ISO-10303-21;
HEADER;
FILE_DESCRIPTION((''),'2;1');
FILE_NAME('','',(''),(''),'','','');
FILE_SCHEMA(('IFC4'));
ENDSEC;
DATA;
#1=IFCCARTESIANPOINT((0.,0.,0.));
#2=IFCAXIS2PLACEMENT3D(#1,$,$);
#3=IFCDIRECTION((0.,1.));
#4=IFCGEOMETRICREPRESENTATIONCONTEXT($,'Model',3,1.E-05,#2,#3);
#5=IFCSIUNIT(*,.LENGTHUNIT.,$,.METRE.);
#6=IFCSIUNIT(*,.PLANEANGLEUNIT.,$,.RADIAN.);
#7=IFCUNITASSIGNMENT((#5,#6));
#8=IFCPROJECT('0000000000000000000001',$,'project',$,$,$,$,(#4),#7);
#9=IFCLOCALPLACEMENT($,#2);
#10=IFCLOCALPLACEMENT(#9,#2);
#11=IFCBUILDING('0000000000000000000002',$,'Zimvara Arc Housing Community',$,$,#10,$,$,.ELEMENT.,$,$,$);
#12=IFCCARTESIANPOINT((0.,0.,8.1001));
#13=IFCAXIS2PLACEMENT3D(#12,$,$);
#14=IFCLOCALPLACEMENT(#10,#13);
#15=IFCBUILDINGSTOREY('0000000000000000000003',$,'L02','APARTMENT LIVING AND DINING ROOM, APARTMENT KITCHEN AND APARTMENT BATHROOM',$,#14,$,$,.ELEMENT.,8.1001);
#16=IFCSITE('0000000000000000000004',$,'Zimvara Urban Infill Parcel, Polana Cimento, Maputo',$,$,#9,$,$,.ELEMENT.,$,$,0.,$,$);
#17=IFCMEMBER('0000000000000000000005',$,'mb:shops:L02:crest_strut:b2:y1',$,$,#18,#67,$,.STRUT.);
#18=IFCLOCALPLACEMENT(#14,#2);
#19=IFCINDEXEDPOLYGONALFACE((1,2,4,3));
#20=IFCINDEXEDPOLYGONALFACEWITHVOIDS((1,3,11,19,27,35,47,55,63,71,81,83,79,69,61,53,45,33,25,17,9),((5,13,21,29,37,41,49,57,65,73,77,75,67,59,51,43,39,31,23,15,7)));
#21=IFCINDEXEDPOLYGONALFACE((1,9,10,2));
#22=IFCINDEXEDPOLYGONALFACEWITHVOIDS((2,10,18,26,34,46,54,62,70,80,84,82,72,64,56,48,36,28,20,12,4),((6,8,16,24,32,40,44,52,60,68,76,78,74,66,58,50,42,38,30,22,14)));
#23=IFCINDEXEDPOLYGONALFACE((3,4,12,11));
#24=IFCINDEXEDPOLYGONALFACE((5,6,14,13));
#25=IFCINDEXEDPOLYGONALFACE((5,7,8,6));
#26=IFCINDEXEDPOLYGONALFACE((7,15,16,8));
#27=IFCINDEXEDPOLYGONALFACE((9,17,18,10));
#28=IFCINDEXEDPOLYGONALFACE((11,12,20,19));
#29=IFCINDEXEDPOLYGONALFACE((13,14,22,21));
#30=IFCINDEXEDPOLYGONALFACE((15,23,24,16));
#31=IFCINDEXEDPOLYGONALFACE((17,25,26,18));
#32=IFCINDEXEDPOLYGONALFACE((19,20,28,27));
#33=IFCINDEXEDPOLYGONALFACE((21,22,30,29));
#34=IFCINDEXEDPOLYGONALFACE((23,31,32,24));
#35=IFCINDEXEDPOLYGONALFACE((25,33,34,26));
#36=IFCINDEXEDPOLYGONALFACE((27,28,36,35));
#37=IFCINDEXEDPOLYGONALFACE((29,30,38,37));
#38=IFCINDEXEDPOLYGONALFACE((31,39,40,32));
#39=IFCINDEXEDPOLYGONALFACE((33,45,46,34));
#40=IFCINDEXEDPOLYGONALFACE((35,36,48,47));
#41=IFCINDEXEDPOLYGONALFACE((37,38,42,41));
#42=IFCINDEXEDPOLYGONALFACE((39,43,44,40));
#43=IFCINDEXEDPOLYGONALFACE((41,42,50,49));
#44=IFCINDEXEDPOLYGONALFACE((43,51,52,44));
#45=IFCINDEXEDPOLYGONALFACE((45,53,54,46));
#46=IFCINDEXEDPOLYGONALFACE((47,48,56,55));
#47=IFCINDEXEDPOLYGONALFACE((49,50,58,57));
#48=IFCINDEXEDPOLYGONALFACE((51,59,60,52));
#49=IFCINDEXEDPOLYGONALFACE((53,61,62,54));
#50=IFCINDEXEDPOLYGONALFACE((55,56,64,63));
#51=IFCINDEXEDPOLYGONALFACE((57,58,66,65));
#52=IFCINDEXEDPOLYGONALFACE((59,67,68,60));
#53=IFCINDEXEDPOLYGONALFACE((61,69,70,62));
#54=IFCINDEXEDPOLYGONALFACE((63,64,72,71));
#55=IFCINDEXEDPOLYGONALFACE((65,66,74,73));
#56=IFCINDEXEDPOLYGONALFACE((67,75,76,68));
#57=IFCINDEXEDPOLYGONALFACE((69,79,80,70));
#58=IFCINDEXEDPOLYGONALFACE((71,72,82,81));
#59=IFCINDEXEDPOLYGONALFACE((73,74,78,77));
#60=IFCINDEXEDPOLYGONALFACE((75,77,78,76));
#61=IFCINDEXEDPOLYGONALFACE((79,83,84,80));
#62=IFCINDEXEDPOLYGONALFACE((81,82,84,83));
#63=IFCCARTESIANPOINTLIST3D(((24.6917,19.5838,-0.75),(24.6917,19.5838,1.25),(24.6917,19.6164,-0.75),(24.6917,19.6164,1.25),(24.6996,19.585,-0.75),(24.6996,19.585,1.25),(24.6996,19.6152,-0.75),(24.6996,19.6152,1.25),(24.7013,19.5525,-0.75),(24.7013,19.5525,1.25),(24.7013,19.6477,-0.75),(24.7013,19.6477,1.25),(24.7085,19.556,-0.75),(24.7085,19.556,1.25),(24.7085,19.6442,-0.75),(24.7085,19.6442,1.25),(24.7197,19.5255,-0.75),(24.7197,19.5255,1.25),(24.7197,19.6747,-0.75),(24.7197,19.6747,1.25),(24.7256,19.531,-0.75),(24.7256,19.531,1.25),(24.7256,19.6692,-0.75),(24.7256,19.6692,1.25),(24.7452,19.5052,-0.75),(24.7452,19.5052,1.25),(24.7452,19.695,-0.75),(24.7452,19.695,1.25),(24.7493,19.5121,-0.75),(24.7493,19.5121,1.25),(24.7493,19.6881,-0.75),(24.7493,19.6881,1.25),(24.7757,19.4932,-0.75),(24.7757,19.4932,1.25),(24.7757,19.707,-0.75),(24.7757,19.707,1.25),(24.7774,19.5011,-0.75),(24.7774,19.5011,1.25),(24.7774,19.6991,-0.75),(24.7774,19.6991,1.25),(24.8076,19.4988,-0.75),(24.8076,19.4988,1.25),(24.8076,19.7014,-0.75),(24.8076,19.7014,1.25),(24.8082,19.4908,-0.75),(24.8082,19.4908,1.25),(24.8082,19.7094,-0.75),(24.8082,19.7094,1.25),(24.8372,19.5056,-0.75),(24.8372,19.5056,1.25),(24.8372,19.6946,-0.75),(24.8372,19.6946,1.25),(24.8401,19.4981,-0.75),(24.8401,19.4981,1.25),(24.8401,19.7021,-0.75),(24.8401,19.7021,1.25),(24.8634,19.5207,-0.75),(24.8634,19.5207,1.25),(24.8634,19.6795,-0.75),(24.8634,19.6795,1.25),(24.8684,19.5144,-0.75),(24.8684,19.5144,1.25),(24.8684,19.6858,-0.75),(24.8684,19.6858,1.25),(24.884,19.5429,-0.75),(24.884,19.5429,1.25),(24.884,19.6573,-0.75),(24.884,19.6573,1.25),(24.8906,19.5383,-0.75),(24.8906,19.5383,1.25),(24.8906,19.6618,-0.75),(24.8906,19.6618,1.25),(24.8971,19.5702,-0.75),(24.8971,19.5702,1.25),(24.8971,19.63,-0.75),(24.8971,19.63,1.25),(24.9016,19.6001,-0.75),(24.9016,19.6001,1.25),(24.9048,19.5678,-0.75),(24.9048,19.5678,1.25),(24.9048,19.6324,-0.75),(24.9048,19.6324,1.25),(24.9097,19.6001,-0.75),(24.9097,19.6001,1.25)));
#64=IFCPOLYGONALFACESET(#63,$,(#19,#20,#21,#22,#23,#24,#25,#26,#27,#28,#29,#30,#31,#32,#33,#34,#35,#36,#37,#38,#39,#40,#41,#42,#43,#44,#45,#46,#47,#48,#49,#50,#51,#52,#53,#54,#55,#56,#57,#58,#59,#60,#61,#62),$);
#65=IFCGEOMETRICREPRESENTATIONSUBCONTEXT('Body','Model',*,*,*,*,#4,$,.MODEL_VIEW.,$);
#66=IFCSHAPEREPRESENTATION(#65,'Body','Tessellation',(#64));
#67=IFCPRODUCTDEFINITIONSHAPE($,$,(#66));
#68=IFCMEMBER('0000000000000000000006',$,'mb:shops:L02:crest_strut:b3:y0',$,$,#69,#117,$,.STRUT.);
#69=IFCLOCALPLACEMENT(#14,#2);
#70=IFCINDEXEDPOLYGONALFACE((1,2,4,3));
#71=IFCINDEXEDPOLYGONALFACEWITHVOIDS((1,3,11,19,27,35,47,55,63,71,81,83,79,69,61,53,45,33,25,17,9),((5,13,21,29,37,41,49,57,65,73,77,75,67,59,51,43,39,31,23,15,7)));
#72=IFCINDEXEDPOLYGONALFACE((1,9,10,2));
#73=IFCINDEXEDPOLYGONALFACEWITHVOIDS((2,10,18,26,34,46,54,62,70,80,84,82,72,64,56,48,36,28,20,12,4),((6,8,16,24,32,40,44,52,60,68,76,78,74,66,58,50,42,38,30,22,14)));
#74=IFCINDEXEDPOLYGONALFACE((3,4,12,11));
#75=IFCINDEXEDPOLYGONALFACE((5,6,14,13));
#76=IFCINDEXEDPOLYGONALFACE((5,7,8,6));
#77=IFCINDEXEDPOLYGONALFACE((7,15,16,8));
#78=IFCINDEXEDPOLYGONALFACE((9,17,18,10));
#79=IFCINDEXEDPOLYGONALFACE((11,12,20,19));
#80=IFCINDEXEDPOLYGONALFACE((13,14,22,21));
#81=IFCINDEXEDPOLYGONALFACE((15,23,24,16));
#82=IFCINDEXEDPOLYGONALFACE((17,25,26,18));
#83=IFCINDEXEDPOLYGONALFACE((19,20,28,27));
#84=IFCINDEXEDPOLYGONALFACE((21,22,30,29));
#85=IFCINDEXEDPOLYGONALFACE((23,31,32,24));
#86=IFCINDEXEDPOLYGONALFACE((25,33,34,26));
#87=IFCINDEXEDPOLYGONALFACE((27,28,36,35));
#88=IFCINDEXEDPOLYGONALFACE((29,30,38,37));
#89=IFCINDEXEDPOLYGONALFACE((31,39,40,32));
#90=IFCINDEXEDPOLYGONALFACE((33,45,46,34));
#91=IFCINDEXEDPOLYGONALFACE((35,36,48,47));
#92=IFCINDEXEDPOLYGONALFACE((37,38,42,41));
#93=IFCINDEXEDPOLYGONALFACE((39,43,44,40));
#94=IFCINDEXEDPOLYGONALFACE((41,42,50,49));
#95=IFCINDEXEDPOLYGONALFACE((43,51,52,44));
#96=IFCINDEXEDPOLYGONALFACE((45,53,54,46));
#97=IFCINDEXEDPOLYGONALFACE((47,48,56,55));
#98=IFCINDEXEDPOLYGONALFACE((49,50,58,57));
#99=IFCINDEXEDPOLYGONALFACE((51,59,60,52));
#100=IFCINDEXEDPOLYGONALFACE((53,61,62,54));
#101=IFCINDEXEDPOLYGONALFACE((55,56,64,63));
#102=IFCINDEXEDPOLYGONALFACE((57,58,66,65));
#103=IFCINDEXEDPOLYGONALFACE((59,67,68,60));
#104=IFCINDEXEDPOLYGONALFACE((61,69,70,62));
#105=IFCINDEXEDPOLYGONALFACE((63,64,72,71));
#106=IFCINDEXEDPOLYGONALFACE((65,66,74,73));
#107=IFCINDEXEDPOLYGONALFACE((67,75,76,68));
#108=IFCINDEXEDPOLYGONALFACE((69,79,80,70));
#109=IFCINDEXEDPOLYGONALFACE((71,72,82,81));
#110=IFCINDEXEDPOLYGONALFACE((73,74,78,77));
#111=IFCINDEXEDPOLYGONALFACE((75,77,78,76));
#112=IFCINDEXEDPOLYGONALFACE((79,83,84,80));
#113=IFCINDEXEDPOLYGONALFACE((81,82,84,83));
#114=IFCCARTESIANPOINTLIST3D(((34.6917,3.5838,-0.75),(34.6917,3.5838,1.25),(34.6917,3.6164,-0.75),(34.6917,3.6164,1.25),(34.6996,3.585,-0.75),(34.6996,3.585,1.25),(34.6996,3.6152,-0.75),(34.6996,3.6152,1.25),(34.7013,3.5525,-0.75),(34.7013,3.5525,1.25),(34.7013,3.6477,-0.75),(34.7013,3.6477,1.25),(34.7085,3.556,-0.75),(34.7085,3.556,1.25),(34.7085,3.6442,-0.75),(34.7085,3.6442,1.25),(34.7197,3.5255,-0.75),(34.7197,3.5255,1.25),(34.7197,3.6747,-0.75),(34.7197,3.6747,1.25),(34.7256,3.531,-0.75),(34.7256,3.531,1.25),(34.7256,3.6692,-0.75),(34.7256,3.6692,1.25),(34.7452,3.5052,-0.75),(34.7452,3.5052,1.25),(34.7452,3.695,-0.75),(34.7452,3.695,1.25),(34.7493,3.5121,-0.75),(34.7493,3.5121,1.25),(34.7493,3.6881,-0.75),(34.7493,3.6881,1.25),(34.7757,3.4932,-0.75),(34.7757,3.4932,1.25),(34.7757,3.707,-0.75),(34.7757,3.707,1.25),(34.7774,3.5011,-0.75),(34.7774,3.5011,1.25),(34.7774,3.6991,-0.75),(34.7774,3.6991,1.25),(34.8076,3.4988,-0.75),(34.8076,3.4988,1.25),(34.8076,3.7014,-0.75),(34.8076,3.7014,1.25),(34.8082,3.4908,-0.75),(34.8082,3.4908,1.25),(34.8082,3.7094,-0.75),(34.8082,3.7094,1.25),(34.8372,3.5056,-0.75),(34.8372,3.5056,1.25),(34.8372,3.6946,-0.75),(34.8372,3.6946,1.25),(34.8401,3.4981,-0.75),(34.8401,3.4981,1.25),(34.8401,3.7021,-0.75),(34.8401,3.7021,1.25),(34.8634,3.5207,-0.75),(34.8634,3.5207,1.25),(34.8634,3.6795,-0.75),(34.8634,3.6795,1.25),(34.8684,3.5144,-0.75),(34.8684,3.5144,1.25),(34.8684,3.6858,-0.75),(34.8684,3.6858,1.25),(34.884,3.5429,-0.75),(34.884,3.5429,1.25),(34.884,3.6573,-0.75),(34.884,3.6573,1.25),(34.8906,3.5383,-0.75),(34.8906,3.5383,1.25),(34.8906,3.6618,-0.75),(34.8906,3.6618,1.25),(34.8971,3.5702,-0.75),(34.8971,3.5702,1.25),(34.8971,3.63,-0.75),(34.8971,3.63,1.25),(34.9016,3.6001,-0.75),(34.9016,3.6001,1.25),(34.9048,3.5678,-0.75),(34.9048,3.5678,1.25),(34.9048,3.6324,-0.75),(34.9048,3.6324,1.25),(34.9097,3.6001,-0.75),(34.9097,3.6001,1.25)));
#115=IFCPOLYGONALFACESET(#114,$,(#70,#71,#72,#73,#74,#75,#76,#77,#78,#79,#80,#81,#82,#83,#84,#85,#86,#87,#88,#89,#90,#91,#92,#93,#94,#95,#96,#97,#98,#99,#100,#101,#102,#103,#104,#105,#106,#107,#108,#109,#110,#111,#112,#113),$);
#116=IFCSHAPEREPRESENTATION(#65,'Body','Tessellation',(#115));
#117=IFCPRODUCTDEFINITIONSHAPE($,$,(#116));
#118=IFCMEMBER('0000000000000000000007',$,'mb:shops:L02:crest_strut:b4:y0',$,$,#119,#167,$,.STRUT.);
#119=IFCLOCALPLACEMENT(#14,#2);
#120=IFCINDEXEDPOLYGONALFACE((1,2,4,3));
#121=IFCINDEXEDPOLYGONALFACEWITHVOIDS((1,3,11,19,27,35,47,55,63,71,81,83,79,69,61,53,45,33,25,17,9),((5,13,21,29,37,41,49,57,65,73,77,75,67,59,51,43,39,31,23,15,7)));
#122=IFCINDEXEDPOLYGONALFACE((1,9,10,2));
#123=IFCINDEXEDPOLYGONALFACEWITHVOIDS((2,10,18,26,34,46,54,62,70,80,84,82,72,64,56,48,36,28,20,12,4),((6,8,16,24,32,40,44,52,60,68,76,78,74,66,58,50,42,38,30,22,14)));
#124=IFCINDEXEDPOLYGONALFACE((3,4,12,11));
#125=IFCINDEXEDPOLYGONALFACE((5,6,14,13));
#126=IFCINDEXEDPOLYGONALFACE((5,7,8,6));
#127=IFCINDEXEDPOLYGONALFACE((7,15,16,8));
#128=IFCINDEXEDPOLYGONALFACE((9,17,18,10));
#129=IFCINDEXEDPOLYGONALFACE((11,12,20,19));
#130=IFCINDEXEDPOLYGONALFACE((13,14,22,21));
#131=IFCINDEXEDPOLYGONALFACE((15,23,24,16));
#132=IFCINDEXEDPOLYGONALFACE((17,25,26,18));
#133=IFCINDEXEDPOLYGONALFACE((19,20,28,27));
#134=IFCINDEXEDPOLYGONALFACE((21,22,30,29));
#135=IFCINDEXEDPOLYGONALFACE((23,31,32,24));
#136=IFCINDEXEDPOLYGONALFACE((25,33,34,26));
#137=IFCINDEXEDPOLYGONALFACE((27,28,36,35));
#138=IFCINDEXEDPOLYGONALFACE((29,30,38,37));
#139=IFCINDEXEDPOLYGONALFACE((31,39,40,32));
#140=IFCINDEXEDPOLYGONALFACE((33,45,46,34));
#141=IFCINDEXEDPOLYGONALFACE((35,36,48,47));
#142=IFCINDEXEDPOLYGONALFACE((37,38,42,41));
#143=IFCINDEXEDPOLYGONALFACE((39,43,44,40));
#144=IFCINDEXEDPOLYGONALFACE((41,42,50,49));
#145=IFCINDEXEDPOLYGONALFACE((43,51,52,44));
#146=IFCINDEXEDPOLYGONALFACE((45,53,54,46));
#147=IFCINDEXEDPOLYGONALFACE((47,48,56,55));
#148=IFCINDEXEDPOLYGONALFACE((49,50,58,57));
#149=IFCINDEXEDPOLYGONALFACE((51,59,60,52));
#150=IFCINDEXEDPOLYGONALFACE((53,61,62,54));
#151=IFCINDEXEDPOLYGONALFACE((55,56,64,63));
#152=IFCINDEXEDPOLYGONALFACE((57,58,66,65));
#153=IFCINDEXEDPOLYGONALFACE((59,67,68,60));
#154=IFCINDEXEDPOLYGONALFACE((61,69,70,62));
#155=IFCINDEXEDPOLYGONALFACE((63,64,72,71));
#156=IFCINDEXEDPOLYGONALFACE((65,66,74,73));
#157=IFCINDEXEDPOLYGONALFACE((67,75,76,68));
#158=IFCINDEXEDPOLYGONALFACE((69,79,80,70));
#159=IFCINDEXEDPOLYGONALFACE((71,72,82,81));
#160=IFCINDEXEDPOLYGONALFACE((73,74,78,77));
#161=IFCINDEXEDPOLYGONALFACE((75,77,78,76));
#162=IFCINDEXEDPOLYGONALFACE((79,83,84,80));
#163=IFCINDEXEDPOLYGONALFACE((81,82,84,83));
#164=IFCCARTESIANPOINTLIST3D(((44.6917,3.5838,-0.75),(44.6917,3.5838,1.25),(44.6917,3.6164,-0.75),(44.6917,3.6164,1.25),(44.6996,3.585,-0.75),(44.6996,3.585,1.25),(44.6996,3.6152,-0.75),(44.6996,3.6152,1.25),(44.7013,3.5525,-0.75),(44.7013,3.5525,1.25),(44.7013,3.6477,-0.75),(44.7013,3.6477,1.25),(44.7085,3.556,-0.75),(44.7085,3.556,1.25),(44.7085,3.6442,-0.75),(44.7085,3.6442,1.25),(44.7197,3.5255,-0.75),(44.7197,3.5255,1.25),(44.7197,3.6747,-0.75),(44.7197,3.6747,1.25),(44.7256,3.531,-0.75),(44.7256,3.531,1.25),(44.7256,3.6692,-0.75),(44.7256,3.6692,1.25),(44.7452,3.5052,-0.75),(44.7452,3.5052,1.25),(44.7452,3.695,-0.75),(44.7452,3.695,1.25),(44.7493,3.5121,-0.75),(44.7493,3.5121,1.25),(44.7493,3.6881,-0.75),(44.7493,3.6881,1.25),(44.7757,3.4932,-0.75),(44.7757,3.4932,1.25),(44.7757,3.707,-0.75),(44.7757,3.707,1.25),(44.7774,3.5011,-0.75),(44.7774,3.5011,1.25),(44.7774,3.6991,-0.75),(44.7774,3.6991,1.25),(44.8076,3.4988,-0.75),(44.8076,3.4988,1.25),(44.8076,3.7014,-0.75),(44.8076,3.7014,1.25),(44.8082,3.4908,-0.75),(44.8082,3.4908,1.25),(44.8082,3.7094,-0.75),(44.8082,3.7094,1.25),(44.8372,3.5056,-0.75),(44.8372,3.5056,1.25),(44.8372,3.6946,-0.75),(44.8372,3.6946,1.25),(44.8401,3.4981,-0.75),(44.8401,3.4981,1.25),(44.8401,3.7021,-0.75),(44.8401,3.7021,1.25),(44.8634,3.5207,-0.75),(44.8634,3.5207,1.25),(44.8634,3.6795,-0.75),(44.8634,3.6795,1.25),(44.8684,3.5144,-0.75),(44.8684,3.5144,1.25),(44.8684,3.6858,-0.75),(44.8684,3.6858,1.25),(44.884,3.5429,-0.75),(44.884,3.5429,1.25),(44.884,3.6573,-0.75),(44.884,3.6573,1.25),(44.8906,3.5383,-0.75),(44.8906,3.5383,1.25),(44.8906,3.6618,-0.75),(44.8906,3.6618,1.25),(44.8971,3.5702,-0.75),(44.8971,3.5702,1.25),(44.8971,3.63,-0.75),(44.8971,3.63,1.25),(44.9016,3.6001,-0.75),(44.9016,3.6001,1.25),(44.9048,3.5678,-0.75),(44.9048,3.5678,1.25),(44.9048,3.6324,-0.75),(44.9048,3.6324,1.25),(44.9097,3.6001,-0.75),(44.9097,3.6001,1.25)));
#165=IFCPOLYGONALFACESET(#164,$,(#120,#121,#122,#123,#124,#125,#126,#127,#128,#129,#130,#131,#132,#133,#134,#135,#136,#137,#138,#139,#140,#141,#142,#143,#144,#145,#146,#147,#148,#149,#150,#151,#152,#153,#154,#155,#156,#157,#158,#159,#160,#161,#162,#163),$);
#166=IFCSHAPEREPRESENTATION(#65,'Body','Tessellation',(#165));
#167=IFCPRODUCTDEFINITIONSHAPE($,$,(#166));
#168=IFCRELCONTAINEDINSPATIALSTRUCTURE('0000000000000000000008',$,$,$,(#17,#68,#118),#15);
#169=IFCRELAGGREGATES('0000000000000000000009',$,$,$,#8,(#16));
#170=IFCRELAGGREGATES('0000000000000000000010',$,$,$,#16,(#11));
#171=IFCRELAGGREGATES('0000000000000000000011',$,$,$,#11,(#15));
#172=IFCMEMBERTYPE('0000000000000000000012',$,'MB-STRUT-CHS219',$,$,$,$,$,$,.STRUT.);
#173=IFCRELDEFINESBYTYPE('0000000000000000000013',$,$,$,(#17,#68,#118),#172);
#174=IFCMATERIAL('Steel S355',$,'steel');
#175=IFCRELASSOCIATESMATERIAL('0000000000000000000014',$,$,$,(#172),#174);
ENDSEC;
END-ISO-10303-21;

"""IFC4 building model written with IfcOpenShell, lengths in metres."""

from ifc_helpers import new_model, si_unit, direction, frame, origin, origin_2d, place, context, subcontext, project, spatial, hollow_circle, extrude, material, material_profile, profile_set, type_object, element, save


model = new_model("IFC4")

# Units and contexts
model_context = context("Model", 3, precision=1e-05, world=origin(), true_north=direction((0.0, 1.0)))
body_context = subcontext(model_context, "Body", "Model", "MODEL_VIEW")
ifc_project = project(units=[si_unit("LENGTHUNIT", "METRE"), si_unit("PLANEANGLEUNIT", "RADIAN")], contexts=[model_context])

# Site, building, storey
site_placement = place(None, origin())
site = spatial("IfcSite", under=ifc_project, at=site_placement, Name="Zimvara Urban Infill Parcel, Polana Cimento, Maputo", CompositionType="ELEMENT", RefElevation=0.0)
building_placement = place(site_placement, origin())
building = spatial("IfcBuilding", under=site, at=building_placement, Name="Zimvara Arc Housing Community", CompositionType="ELEMENT")
storey_placement = place(building_placement, frame((0.0, 0.0, 8.1001)))
storey = spatial("IfcBuildingStorey", under=building, at=storey_placement, Name="L02", Description="APARTMENT LIVING AND DINING ROOM, APARTMENT KITCHEN AND APARTMENT BATHROOM", CompositionType="ELEMENT", Elevation=8.1001)

# Members
ifc_material_1 = material(Name="Steel S355", Category="steel")
ifc_material_profile_1 = material_profile(ifc_material_1, hollow_circle(Radius=0.1096, WallThickness=0.0081, at=origin_2d()), Name="CHS 219.1x8.0")
ifc_profile_set_1 = profile_set([ifc_material_profile_1], Name="Steel S355")
member_type = type_object("IfcMemberType", Name="MB-STRUT-CHS219", PredefinedType="STRUT", material=ifc_profile_set_1)
for number, where, z_axis, x_axis, name in (
    (1, (24.8, 19.6001, -0.75), (0.0, 0.0, 1.0), (1.0, 0.0, 0.0), "mb:shops:L02:crest_strut:b2:y1"),
    (2, (34.8, 3.6001, -0.75), (0.0, 0.0, 1.0), (1.0, 0.0, 0.0), "mb:shops:L02:crest_strut:b3:y0"),
    (3, (44.8, 3.6001, -0.75), (0.0, 0.0, 1.0), (1.0, 0.0, 0.0), "mb:shops:L02:crest_strut:b4:y0"),
):
    element("IfcMember", number, at=place(storey_placement, frame(where, z_axis=z_axis, x_axis=x_axis)), inside=storey, type_object=member_type, Name=name, PredefinedType="STRUT", context=body_context, shape_type="SweptSolid", body=[
        extrude(hollow_circle(Radius=0.1096, WallThickness=0.0081, at=origin_2d()), origin(), (0.0, 0.0, 1.0), 2.0),
    ])

save(model, "model.ifc")
